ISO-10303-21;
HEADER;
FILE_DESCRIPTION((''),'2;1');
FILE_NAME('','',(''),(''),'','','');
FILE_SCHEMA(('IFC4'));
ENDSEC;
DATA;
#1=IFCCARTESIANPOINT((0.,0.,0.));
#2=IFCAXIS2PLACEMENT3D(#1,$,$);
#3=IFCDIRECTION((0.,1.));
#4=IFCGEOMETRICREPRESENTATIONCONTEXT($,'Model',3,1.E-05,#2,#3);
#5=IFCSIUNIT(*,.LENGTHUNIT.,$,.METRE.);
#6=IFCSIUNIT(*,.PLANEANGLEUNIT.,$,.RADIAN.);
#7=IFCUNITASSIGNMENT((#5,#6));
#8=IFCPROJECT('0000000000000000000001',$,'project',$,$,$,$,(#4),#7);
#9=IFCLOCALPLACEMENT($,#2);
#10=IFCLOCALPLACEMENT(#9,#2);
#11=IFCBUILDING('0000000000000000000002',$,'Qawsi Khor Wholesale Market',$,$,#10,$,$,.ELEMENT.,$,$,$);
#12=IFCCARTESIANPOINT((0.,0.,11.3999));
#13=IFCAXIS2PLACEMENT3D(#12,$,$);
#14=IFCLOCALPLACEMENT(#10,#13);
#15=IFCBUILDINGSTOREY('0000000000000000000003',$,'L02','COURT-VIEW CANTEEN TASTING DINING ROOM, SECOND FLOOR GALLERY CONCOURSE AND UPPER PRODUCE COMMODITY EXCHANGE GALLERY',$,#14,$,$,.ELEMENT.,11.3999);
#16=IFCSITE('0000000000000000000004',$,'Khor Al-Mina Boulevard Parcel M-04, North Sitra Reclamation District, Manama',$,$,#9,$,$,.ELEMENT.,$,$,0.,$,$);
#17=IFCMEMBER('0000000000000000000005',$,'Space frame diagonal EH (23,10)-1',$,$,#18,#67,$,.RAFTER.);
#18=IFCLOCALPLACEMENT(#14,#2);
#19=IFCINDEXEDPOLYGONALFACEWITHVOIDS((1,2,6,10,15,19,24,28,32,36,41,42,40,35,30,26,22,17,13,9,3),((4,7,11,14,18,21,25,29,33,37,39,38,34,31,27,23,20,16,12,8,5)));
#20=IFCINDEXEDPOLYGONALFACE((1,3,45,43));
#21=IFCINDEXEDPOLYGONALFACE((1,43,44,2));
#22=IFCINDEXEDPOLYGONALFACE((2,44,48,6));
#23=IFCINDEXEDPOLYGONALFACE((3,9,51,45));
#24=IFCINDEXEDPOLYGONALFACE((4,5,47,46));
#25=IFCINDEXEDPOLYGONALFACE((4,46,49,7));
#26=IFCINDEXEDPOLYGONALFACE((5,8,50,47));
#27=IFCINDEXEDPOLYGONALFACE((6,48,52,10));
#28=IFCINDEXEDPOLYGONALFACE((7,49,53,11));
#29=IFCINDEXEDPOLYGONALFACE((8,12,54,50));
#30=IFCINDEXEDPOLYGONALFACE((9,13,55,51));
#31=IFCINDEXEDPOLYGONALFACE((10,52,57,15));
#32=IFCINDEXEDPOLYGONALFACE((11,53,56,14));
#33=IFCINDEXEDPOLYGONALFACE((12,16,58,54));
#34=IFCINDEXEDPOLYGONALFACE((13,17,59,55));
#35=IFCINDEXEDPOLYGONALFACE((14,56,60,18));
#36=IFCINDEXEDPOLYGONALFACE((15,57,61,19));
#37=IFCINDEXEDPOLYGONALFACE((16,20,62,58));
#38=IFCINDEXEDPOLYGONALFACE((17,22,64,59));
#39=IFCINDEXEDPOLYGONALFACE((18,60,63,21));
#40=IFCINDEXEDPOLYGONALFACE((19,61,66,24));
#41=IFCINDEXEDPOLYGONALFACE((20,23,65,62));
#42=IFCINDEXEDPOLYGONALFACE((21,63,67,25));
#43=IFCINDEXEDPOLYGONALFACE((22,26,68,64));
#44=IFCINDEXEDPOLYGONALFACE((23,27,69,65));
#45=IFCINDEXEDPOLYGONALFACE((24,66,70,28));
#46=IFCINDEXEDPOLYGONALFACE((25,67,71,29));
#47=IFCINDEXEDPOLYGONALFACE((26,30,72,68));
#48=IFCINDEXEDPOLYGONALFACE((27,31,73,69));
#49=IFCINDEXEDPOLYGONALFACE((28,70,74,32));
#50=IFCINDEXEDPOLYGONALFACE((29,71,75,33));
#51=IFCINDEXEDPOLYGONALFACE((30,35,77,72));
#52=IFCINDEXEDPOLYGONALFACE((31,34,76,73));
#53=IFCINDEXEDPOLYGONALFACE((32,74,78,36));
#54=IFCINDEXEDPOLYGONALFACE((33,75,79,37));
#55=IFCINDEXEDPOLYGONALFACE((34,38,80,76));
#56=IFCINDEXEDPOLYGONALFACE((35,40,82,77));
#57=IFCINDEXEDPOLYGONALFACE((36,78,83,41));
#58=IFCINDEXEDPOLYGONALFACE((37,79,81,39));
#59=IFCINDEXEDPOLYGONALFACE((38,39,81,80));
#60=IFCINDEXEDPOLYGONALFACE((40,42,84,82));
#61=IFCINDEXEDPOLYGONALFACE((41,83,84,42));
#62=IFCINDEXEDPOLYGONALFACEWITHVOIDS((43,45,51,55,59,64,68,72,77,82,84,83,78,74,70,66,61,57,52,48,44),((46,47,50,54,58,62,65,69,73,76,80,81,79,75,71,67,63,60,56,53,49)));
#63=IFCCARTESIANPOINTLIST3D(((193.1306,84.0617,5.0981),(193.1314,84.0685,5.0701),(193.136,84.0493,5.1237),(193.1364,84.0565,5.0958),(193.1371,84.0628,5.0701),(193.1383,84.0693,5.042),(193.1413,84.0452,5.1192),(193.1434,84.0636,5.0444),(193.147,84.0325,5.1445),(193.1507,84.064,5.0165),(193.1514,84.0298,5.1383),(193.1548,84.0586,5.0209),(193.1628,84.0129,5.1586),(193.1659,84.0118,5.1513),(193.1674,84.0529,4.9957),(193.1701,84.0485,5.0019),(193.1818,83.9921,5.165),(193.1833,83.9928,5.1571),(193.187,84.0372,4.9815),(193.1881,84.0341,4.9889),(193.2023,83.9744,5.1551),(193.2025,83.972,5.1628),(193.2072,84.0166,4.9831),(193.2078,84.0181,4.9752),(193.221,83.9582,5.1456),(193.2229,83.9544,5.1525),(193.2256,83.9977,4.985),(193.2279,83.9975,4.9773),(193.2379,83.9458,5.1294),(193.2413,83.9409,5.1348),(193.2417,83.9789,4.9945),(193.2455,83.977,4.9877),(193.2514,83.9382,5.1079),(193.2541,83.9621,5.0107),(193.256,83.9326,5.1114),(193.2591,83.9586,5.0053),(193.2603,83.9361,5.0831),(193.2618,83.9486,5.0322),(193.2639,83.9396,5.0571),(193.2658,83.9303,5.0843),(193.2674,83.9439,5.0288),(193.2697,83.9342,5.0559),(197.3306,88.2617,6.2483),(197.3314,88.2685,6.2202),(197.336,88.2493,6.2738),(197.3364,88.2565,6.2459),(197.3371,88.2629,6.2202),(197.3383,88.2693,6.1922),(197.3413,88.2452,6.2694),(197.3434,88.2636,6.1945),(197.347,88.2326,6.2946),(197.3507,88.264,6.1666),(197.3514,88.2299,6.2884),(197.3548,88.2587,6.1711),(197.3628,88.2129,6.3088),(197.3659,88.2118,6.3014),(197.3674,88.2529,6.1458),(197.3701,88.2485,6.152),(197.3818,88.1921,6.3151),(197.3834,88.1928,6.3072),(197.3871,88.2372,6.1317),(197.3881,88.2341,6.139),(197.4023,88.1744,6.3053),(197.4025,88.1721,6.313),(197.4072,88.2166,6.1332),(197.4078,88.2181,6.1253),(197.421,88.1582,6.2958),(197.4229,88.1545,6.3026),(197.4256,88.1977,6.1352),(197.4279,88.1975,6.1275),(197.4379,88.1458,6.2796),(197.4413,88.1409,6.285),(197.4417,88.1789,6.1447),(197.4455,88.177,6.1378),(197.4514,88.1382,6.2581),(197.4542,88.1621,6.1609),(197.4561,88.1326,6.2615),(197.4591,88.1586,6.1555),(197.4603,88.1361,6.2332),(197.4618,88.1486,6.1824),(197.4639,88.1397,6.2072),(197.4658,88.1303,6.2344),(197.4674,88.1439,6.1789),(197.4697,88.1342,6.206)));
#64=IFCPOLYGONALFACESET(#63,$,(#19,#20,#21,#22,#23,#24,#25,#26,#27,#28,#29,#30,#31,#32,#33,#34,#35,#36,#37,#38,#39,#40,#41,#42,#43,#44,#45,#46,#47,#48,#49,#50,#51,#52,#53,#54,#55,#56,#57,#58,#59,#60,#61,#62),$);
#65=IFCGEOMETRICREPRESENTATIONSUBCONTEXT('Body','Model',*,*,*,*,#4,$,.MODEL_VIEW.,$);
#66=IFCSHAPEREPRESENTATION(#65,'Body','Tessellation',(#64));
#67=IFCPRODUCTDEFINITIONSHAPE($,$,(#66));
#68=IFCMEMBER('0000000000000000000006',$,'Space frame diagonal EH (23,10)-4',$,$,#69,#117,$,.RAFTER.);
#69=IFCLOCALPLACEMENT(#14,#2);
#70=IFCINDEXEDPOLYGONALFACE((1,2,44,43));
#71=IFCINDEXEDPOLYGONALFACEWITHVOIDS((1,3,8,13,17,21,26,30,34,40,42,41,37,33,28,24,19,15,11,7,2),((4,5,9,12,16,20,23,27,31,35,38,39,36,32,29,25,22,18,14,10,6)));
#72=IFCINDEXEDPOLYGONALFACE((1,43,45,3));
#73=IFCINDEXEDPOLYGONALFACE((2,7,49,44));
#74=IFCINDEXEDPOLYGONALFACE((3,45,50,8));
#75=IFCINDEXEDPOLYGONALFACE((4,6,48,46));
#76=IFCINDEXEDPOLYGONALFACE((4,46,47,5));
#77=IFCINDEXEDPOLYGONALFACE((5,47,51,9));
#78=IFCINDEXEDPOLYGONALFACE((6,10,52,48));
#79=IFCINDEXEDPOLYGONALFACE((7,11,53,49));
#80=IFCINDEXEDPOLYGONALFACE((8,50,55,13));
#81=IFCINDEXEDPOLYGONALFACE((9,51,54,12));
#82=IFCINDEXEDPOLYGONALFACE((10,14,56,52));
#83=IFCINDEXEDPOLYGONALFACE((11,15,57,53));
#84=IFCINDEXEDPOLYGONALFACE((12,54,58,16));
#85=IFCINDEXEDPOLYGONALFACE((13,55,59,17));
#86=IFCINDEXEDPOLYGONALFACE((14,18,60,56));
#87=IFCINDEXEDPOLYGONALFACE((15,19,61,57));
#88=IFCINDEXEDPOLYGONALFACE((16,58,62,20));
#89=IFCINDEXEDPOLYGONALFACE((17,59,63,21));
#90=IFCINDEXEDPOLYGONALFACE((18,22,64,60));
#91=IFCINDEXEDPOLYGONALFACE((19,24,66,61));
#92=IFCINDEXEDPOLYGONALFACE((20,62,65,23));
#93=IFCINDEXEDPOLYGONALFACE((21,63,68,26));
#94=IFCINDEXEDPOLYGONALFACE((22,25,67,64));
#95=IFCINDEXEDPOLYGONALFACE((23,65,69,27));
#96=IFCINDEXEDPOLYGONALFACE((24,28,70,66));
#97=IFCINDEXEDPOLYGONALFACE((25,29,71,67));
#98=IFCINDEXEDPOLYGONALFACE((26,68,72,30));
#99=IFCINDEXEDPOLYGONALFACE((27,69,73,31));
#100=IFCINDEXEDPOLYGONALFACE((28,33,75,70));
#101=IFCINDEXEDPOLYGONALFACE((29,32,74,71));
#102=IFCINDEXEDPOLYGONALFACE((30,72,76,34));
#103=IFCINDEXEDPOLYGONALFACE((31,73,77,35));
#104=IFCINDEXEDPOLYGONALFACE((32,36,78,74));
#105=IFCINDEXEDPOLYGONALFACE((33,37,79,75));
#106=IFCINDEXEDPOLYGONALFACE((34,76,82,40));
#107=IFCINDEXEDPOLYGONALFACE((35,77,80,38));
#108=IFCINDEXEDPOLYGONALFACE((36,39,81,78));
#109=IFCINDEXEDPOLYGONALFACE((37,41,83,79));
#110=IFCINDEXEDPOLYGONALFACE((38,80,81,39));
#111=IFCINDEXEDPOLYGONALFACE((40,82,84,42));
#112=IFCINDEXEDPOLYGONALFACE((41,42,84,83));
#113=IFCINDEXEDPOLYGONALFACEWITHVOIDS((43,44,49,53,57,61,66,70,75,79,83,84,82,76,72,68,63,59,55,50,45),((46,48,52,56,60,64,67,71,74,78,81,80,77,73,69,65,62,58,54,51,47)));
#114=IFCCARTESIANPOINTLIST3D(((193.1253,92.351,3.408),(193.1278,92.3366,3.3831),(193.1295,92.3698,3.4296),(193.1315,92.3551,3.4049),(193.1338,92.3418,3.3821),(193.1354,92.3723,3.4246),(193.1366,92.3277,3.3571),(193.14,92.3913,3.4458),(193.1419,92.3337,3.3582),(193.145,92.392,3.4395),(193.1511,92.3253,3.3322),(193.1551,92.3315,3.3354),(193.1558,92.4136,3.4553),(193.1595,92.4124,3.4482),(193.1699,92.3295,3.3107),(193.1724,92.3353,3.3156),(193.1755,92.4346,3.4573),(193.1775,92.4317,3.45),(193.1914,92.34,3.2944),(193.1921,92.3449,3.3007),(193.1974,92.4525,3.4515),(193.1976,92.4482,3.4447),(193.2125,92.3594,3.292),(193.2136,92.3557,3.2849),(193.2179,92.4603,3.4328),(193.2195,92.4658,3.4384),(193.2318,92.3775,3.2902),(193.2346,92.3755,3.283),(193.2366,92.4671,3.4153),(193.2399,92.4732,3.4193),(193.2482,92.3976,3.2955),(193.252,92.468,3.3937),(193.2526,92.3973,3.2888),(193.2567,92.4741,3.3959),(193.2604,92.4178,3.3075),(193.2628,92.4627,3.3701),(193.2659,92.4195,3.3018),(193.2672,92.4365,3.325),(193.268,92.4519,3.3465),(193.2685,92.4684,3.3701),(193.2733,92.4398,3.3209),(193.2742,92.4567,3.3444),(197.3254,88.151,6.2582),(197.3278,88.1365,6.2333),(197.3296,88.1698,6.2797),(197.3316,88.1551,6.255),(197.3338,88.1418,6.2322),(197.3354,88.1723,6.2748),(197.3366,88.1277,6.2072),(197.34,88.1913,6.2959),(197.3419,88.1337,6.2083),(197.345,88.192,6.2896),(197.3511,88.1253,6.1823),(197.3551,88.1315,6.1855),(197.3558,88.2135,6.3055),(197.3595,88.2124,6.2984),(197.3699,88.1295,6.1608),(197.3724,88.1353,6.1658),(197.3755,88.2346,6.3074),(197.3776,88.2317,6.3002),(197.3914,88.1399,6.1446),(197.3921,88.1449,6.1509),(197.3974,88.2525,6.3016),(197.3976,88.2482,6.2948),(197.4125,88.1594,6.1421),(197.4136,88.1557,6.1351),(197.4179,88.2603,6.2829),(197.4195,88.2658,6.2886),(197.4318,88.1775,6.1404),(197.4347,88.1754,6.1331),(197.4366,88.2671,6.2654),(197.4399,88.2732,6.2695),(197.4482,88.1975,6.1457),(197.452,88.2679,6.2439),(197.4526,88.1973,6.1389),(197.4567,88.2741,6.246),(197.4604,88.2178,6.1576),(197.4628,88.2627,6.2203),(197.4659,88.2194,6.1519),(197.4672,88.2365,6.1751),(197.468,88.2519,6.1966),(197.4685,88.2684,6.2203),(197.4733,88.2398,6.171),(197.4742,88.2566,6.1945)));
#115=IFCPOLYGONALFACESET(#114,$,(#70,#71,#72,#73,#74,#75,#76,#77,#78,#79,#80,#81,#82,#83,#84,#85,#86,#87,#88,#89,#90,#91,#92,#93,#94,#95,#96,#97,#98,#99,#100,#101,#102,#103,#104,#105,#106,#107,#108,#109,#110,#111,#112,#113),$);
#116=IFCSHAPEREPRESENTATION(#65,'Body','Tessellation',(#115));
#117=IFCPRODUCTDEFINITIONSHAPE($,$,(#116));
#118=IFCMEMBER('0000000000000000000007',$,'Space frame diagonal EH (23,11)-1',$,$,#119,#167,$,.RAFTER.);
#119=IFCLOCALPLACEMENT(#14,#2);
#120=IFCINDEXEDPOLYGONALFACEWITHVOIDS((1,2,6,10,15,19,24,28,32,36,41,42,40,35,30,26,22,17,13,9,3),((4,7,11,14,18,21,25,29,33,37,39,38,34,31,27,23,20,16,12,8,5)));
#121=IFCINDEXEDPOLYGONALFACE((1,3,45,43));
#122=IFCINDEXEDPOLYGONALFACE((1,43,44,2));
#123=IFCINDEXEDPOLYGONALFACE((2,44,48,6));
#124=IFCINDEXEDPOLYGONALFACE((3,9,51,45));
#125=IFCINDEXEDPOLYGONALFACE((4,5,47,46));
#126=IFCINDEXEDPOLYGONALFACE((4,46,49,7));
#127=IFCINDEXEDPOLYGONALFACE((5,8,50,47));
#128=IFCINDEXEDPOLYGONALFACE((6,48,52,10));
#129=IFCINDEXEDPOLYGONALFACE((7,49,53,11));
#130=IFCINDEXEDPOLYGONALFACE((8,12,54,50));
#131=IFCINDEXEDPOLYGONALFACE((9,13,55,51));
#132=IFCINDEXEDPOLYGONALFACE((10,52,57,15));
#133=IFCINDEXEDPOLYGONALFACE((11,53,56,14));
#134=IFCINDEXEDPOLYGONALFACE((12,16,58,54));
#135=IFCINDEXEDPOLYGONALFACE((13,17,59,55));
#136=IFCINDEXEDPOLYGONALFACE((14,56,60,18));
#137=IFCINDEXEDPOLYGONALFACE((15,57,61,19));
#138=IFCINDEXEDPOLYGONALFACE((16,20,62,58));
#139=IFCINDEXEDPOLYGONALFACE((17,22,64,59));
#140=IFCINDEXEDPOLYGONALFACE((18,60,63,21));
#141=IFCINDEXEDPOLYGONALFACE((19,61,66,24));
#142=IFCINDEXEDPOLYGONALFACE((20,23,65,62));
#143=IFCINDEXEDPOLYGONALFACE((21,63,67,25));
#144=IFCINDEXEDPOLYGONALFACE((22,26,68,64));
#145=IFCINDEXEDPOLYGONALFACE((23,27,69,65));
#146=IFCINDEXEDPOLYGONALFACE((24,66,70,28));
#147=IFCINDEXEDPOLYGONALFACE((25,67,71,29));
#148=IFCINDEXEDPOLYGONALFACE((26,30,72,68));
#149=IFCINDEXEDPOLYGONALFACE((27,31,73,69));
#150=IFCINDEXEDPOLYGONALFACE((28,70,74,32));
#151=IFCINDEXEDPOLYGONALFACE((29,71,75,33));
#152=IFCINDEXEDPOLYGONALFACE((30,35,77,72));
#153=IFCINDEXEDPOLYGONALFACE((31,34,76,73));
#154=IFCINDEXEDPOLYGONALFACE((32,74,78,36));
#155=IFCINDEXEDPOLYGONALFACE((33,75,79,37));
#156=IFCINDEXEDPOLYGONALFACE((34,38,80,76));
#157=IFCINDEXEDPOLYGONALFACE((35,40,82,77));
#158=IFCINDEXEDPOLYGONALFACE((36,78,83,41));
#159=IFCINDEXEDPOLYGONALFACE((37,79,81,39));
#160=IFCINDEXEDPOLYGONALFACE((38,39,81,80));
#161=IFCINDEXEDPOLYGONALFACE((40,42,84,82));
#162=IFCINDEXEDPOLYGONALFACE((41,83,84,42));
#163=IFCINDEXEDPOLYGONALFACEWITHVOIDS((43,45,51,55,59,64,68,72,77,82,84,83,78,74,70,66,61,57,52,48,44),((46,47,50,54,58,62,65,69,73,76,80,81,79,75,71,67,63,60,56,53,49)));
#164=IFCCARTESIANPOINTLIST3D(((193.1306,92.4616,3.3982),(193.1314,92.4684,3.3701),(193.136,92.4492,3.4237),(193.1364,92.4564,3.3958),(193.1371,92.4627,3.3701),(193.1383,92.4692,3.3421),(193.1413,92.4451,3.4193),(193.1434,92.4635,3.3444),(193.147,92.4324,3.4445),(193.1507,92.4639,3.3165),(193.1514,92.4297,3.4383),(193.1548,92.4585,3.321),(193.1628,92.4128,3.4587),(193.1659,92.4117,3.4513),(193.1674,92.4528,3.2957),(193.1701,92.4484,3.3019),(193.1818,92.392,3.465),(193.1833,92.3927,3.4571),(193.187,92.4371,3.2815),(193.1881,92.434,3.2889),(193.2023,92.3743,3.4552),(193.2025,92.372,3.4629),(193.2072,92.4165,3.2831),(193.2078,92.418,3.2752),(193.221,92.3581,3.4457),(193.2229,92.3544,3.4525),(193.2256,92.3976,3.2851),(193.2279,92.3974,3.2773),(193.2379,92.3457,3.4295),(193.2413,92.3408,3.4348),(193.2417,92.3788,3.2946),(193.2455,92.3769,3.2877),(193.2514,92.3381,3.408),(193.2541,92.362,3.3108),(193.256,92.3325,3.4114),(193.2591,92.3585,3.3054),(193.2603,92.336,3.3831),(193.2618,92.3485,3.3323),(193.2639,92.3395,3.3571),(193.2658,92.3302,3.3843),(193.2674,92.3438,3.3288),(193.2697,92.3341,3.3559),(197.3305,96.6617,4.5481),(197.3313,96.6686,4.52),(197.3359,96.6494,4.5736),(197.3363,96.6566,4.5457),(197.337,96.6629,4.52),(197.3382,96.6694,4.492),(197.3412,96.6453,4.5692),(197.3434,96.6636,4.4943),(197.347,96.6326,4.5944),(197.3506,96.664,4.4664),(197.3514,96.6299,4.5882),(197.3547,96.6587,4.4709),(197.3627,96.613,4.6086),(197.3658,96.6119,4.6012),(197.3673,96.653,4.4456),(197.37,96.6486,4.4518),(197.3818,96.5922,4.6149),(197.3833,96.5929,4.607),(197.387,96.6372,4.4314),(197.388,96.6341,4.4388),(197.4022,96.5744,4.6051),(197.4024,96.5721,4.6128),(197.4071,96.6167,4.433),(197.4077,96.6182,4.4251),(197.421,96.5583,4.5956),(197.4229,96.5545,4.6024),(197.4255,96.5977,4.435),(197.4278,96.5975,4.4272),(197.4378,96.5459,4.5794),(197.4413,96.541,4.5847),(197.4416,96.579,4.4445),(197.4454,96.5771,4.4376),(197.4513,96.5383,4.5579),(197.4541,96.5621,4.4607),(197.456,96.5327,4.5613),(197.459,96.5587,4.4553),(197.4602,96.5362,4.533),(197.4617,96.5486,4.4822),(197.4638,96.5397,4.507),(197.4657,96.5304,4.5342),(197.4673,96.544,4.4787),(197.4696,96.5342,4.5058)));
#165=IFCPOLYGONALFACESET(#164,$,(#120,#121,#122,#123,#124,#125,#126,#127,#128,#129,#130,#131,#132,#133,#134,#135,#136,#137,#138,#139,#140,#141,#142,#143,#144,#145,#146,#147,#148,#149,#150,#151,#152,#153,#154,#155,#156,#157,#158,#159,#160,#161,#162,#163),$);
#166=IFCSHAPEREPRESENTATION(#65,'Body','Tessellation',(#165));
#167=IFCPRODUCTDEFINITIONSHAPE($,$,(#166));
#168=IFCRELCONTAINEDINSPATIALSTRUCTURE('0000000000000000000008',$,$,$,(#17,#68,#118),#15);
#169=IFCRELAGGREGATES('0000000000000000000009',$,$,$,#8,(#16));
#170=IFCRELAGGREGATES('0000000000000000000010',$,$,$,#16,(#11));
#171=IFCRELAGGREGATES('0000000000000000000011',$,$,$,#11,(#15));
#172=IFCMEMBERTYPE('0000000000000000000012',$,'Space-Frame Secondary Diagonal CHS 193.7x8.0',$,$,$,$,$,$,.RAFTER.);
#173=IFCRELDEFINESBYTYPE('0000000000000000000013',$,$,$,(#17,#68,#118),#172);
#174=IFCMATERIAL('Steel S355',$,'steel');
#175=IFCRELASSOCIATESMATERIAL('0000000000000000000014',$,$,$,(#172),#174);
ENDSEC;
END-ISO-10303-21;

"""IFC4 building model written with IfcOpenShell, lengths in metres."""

from ifc_helpers import new_model, si_unit, direction, frame, origin, origin_2d, place, context, subcontext, project, spatial, hollow_circle, extrude, material, material_profile, profile_set, type_object, element, save


model = new_model("IFC4")

# Units and contexts
model_context = context("Model", 3, precision=1e-05, world=origin(), true_north=direction((0.0, 1.0)))
body_context = subcontext(model_context, "Body", "Model", "MODEL_VIEW")
ifc_project = project(units=[si_unit("LENGTHUNIT", "METRE"), si_unit("PLANEANGLEUNIT", "RADIAN")], contexts=[model_context])

# Site, building, storey
site_placement = place(None, origin())
site = spatial("IfcSite", under=ifc_project, at=site_placement, Name="Khor Al-Mina Boulevard Parcel M-04, North Sitra Reclamation District, Manama", CompositionType="ELEMENT", RefElevation=0.0)
building_placement = place(site_placement, origin())
building = spatial("IfcBuilding", under=site, at=building_placement, Name="Qawsi Khor Wholesale Market", CompositionType="ELEMENT")
storey_placement = place(building_placement, frame((0.0, 0.0, 11.3999)))
storey = spatial("IfcBuildingStorey", under=building, at=storey_placement, Name="L02", Description="COURT-VIEW CANTEEN TASTING DINING ROOM, SECOND FLOOR GALLERY CONCOURSE AND UPPER PRODUCE COMMODITY EXCHANGE GALLERY", CompositionType="ELEMENT", Elevation=11.3999)

# Members
ifc_material_1 = material(Name="Steel S355", Category="steel")
ifc_material_profile_1 = material_profile(ifc_material_1, hollow_circle(Radius=0.0969, WallThickness=0.0081, at=origin_2d()), Name="CHS 193.7x8.0")
ifc_profile_set_1 = profile_set([ifc_material_profile_1], Name="Steel S355")
member_type_1 = type_object("IfcMemberType", Name="Space-Frame Secondary Diagonal CHS 193.7x8.0", PredefinedType="RAFTER", material=ifc_profile_set_1)
member_1_placement = place(storey_placement, frame((193.2, 84.0, 5.0701), z_axis=(0.694211, 0.694211, 0.190108), x_axis=(-0.707107, 0.707107, 0.0)))
element("IfcMember", 1, at=member_1_placement, inside=storey, type_object=member_type_1, Name="Space frame diagonal EH (23,10)-1", PredefinedType="RAFTER", context=body_context, shape_type="SweptSolid", body=[
    extrude(hollow_circle(Radius=0.0969, WallThickness=0.0081, at=origin_2d()), origin(), (0.0, 0.0, 1.0), 6.05),
])
member_2_placement = place(storey_placement, frame((193.2, 92.3999, 3.3701), z_axis=(0.637512, -0.637512, 0.432617), x_axis=(0.707107, 0.707107, 0.0)))
element("IfcMember", 2, at=member_2_placement, inside=storey, type_object=member_type_1, Name="Space frame diagonal EH (23,10)-4", PredefinedType="RAFTER", context=body_context, shape_type="SweptSolid", body=[
    extrude(hollow_circle(Radius=0.0969, WallThickness=0.0081, at=origin_2d()), origin(), (0.0, 0.0, 1.0), 6.5881),
])
member_3_placement = place(storey_placement, frame((193.2, 92.3999, 3.3701), z_axis=(0.694197, 0.694238, 0.190064), x_axis=(-0.707127, 0.707086, 0.0)))
element("IfcMember", 3, at=member_3_placement, inside=storey, type_object=member_type_1, Name="Space frame diagonal EH (23,11)-1", PredefinedType="RAFTER", context=body_context, shape_type="SweptSolid", body=[
    extrude(hollow_circle(Radius=0.0969, WallThickness=0.0081, at=origin_2d()), origin(), (0.0, 0.0, 1.0), 6.05),
])

save(model, "model.ifc")
